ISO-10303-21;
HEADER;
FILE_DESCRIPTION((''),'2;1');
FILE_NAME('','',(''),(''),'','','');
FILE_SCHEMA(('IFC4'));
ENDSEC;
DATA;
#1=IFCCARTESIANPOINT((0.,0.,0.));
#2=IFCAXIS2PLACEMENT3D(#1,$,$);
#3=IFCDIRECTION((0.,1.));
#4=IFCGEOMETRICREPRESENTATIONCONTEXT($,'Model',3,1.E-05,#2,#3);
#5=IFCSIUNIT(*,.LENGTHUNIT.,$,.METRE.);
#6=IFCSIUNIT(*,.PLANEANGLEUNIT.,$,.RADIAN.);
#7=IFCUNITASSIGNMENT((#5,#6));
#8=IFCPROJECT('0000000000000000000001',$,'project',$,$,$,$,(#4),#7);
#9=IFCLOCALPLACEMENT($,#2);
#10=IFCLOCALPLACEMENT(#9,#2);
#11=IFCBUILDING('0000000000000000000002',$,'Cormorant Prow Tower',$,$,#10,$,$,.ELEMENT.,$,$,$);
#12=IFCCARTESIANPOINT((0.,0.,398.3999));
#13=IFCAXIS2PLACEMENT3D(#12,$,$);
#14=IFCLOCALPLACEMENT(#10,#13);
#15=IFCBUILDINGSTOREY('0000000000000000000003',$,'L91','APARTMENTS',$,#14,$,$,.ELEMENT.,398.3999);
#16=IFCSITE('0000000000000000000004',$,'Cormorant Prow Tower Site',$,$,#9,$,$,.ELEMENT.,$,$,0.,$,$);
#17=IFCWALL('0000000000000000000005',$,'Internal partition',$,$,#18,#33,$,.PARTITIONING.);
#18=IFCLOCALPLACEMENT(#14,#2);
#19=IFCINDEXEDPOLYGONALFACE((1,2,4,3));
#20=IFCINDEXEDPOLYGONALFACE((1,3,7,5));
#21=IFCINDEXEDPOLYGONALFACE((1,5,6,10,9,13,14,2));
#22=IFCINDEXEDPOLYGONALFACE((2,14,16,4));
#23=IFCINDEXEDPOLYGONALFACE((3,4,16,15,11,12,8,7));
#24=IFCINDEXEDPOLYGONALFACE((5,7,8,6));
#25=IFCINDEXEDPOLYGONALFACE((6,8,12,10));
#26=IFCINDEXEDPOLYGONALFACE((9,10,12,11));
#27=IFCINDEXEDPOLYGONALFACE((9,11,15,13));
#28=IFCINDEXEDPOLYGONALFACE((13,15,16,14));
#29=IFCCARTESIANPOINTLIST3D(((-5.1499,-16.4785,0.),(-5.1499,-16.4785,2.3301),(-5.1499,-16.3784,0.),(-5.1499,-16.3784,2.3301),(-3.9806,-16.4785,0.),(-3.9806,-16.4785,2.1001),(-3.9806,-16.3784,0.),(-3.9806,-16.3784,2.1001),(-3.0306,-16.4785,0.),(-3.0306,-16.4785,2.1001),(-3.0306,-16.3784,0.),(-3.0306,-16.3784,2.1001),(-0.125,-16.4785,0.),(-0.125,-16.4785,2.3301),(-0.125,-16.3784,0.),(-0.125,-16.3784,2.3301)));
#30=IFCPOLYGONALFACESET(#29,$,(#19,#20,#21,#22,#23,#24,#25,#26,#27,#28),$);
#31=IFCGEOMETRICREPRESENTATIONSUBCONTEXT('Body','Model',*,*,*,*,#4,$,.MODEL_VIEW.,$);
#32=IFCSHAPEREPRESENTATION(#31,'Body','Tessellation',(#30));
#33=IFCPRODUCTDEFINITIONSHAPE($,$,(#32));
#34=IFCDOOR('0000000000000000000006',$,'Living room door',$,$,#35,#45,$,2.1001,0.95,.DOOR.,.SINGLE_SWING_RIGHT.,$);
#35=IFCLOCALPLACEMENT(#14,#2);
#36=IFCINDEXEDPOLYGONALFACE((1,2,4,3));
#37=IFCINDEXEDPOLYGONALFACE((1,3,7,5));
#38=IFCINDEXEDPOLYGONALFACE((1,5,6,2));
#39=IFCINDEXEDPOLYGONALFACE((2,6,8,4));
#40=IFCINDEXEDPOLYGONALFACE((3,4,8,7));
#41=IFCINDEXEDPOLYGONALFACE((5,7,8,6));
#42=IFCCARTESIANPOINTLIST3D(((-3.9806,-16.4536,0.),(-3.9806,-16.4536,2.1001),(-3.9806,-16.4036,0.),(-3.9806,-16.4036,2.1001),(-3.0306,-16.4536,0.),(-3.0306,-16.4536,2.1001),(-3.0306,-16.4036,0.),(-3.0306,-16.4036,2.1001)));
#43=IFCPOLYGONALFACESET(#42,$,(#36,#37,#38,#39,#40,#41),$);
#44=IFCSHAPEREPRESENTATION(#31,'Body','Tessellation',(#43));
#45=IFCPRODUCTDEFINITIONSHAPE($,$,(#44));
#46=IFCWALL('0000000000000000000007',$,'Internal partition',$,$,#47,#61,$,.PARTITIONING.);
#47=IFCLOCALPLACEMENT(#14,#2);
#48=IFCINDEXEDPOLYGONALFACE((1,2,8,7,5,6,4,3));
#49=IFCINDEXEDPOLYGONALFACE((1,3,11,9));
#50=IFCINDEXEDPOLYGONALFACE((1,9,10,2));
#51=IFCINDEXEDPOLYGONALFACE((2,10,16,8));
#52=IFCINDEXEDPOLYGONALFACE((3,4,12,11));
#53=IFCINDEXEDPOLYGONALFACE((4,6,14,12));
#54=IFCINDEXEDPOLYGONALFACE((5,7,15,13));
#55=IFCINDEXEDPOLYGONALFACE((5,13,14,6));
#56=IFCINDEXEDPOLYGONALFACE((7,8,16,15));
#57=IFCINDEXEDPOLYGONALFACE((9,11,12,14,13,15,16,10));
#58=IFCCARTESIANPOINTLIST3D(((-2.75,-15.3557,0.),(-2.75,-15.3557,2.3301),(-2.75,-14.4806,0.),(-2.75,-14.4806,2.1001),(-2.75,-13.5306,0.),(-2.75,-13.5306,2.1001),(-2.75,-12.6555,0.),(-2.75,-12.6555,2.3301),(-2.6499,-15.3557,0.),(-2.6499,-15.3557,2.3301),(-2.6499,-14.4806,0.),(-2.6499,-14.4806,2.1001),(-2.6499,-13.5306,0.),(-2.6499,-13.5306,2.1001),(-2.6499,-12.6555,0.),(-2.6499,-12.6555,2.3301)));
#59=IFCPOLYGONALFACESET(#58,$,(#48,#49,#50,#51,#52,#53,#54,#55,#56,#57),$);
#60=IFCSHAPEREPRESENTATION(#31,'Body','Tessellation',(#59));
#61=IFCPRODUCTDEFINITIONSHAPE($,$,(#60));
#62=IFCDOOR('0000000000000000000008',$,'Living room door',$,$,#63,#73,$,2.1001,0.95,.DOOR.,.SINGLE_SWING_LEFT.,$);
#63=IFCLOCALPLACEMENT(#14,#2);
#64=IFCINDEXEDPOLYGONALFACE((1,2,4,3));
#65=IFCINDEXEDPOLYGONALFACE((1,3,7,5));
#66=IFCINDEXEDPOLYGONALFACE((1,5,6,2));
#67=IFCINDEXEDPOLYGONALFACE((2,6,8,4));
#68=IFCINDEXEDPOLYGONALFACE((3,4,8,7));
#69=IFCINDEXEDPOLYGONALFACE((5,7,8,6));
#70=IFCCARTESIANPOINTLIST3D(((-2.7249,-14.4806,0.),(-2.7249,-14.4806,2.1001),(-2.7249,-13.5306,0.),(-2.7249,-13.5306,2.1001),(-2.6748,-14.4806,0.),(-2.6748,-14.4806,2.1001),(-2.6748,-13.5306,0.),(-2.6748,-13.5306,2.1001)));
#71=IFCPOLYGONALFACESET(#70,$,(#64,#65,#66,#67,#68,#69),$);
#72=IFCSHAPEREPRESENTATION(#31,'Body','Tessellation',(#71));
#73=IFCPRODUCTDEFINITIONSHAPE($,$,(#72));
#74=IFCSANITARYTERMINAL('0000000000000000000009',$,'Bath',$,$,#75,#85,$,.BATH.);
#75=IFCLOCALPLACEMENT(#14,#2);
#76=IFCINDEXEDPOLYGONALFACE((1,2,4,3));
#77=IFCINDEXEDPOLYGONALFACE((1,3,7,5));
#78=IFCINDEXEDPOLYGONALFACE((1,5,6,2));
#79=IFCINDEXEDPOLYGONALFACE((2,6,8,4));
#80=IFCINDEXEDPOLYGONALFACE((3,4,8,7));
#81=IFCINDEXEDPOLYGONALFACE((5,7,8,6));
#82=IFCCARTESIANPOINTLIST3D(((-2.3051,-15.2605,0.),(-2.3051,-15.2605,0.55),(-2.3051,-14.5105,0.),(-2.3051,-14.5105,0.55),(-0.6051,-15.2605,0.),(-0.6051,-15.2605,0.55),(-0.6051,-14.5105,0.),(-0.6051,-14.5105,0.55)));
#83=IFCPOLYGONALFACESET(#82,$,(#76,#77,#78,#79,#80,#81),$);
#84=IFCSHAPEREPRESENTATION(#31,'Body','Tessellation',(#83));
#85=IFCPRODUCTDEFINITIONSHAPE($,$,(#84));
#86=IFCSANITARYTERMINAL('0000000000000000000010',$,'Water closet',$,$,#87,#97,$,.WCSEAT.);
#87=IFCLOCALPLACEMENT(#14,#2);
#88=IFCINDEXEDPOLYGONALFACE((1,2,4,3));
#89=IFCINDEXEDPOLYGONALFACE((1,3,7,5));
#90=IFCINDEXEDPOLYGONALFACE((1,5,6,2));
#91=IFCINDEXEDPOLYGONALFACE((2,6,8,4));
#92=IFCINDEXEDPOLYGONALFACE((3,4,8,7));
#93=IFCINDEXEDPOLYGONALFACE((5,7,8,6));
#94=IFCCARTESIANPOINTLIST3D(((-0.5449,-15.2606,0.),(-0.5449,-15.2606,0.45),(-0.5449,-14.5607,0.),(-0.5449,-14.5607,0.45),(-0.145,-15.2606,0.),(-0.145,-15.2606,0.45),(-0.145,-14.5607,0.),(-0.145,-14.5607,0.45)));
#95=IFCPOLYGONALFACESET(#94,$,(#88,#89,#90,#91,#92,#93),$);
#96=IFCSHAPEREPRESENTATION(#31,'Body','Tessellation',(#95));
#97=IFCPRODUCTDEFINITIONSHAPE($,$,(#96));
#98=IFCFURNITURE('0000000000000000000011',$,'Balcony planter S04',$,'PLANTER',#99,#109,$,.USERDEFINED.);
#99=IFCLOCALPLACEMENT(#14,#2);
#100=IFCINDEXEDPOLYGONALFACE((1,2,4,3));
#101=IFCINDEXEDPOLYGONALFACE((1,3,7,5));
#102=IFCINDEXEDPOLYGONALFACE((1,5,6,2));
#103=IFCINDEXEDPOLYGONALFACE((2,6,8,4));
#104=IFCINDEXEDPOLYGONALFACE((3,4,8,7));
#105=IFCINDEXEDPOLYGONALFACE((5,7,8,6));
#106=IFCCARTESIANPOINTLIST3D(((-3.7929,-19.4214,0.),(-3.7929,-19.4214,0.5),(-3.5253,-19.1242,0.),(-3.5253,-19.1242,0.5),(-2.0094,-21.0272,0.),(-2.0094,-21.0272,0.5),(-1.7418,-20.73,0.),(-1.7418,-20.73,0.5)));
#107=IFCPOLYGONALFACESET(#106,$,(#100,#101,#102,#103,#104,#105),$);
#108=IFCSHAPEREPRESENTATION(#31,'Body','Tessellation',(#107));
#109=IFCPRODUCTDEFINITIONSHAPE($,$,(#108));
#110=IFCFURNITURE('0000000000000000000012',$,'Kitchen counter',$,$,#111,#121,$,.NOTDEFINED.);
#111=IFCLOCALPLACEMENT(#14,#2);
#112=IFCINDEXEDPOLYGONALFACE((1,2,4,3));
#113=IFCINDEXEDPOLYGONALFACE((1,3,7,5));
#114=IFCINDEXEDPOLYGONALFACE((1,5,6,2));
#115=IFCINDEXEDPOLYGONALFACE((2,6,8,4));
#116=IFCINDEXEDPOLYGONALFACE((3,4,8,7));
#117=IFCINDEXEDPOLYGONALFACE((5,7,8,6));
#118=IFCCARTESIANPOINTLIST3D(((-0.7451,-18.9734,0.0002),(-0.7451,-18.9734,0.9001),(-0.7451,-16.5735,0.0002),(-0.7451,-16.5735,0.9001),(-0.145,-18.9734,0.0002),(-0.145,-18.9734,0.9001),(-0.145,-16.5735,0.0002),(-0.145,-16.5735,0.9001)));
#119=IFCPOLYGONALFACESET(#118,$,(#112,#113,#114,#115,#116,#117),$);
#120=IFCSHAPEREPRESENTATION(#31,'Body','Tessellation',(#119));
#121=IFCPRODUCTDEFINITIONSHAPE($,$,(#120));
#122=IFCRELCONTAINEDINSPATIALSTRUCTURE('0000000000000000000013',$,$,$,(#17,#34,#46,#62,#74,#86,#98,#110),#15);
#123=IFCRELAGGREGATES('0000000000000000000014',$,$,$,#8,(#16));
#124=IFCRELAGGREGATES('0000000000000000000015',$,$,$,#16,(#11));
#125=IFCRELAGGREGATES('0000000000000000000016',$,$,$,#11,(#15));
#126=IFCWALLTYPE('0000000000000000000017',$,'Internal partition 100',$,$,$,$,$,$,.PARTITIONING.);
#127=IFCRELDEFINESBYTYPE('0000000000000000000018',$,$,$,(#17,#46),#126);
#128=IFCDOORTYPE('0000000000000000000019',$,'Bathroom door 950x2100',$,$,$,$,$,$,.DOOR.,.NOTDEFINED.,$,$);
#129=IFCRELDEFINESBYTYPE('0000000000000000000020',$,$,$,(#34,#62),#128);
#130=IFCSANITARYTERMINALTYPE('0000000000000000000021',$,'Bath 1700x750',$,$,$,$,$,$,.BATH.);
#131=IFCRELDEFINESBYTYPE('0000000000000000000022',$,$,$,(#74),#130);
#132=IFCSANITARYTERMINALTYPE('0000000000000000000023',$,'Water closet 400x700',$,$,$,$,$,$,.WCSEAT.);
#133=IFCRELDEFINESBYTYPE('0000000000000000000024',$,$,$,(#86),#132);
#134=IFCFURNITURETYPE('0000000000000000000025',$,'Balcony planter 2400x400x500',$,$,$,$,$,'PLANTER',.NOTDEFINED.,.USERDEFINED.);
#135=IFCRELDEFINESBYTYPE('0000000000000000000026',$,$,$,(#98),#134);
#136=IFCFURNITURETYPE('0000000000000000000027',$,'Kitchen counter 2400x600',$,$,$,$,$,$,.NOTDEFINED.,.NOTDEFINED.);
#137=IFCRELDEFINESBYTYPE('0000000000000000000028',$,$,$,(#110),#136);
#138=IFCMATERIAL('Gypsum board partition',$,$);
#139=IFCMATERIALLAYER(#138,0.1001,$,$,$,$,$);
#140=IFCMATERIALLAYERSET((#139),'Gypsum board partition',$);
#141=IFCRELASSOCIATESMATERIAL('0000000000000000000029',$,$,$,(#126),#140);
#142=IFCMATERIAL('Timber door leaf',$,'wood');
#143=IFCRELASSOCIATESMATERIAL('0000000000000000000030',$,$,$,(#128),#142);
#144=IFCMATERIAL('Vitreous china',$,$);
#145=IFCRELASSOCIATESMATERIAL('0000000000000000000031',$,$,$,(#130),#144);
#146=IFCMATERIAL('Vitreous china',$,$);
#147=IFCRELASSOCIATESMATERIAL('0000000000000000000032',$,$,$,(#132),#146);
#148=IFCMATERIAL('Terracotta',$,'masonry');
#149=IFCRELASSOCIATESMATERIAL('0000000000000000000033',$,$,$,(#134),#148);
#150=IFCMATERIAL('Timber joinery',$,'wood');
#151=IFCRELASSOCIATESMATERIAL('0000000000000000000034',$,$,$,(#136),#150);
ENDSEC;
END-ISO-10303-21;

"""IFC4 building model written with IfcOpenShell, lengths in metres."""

from ifc_helpers import new_model, si_unit, direction, frame, frame_2d, origin, origin_2d, place, context, subcontext, project, spatial, rectangle, extrude, material, layer, layer_set, type_object, element, fill, save


model = new_model("IFC4")

# Units and contexts
model_context = context("Model", 3, precision=1e-05, world=origin(), true_north=direction((0.0, 1.0)))
body_context = subcontext(model_context, "Body", "Model", "MODEL_VIEW")
ifc_project = project(units=[si_unit("LENGTHUNIT", "METRE"), si_unit("PLANEANGLEUNIT", "RADIAN")], contexts=[model_context])

# Site, building, storey
site_placement = place(None, origin())
site = spatial("IfcSite", under=ifc_project, at=site_placement, Name="Cormorant Prow Tower Site", CompositionType="ELEMENT", RefElevation=0.0)
building_placement = place(site_placement, origin())
building = spatial("IfcBuilding", under=site, at=building_placement, Name="Cormorant Prow Tower", CompositionType="ELEMENT")
storey_placement = place(building_placement, frame((0.0, 0.0, 398.3999)))
storey = spatial("IfcBuildingStorey", under=building, at=storey_placement, Name="L91", Description="APARTMENTS", CompositionType="ELEMENT", Elevation=398.3999)

# Walls, openings, doors
ifc_material_1 = material(Name="Gypsum board partition")
ifc_layer_1 = layer(ifc_material_1, 0.1001)
ifc_layer_set_1 = layer_set([ifc_layer_1], Name="Gypsum board partition")
wall_type = type_object("IfcWallType", Name="Internal partition 100", PredefinedType="PARTITIONING", material=ifc_layer_set_1)
ifc_material_2 = material(Name="Timber door leaf", Category="wood")
door_type = type_object("IfcDoorType", Name="Bathroom door 950x2100", OperationType="NOTDEFINED", PredefinedType="DOOR", material=ifc_material_2)
wall_1_placement = place(storey_placement, frame((-5.1499, -16.4285, 0.0), z_axis=(0.0, 0.0, 1.0), x_axis=(1.0, 0.0, 0.0)))
wall_1 = element("IfcWall", 1, at=wall_1_placement, inside=storey, type_object=wall_type, Name="Internal partition", PredefinedType="PARTITIONING", context=body_context, shape_type="SweptSolid", body=[
    extrude(rectangle(XDim=5.0249, YDim=0.1001, at=frame_2d((2.5125, 0.0))), origin(), (0.0, 0.0, 1.0), 2.3301),
])
opening_1_placement = place(wall_1_placement, frame((1.1692, 0.0, 0.0)))
opening_1 = element("IfcOpeningElement", 2, at=opening_1_placement, cuts=wall_1, PredefinedType="OPENING", context=body_context, shape_type="SweptSolid", body=[
    extrude(rectangle(XDim=0.95, YDim=2.1001, at=frame_2d((0.4751, 1.05))), frame((0.0, 0.0601, 0.0), z_axis=(0.0, -1.0, 0.0), x_axis=(1.0, 0.0, 0.0)), (0.0, 0.0, 1.0), 0.1201),
])
door_1_placement = place(opening_1_placement, origin())
door_1 = element("IfcDoor", 3, at=door_1_placement, inside=storey, type_object=door_type, Name="Living room door", OperationType="SINGLE_SWING_RIGHT", OverallHeight=2.1001, OverallWidth=0.95, PredefinedType="DOOR", context=body_context, shape_type="SweptSolid", body=[
    extrude(rectangle(XDim=0.95, YDim=2.1001, at=frame_2d((0.4751, 1.05))), frame((0.0, 0.0249, 0.0), z_axis=(0.0, -1.0, 0.0), x_axis=(1.0, 0.0, 0.0)), (0.0, 0.0, 1.0), 0.05),
])
fill(opening_1, door_1)
wall_2_placement = place(storey_placement, frame((-2.7, -15.3557, 0.0), z_axis=(0.0, 0.0, 1.0), x_axis=(0.0, 1.0, 0.0)))
wall_2 = element("IfcWall", 4, at=wall_2_placement, inside=storey, type_object=wall_type, Name="Internal partition", PredefinedType="PARTITIONING", context=body_context, shape_type="SweptSolid", body=[
    extrude(rectangle(XDim=2.7002, YDim=0.1001, at=frame_2d((1.3501, 0.0))), origin(), (0.0, 0.0, 1.0), 2.3301),
])
opening_2_placement = place(wall_2_placement, frame((0.875, 0.0, 0.0)))
opening_2 = element("IfcOpeningElement", 5, at=opening_2_placement, cuts=wall_2, PredefinedType="OPENING", context=body_context, shape_type="SweptSolid", body=[
    extrude(rectangle(XDim=0.95, YDim=2.1001, at=frame_2d((0.4751, 1.05))), frame((0.0, 0.0601, 0.0), z_axis=(0.0, -1.0, 0.0), x_axis=(1.0, 0.0, 0.0)), (0.0, 0.0, 1.0), 0.1201),
])
door_2_placement = place(opening_2_placement, origin())
door_2 = element("IfcDoor", 6, at=door_2_placement, inside=storey, type_object=door_type, Name="Living room door", OperationType="SINGLE_SWING_LEFT", OverallHeight=2.1001, OverallWidth=0.95, PredefinedType="DOOR", context=body_context, shape_type="SweptSolid", body=[
    extrude(rectangle(XDim=0.95, YDim=2.1001, at=frame_2d((0.4751, 1.05))), frame((0.0, 0.0249, 0.0), z_axis=(0.0, -1.0, 0.0), x_axis=(1.0, 0.0, 0.0)), (0.0, 0.0, 1.0), 0.05),
])
fill(opening_2, door_2)

# Sanitary terminals
ifc_material_3 = material(Name="Vitreous china")
sanitary_terminal_type_1 = type_object("IfcSanitaryTerminalType", Name="Bath 1700x750", PredefinedType="BATH", material=ifc_material_3)
sanitary_terminal_1_placement = place(storey_placement, frame((-1.4551, -14.8855, 0.0), z_axis=(0.0, 0.0, 1.0), x_axis=(1.0, 0.0, 0.0)))
element("IfcSanitaryTerminal", 7, at=sanitary_terminal_1_placement, inside=storey, type_object=sanitary_terminal_type_1, Name="Bath", PredefinedType="BATH", context=body_context, shape_type="SweptSolid", body=[
    extrude(rectangle(XDim=1.7, YDim=0.75, at=origin_2d()), origin(), (0.0, 0.0, 1.0), 0.55),
])
ifc_material_4 = material(Name="Vitreous china")
sanitary_terminal_type_2 = type_object("IfcSanitaryTerminalType", Name="Water closet 400x700", PredefinedType="WCSEAT", material=ifc_material_4)
sanitary_terminal_2_placement = place(storey_placement, frame((-0.345, -14.9106, 0.0), z_axis=(0.0, 0.0, 1.0), x_axis=(-1.0, 0.0, 0.0)))
element("IfcSanitaryTerminal", 8, at=sanitary_terminal_2_placement, inside=storey, type_object=sanitary_terminal_type_2, Name="Water closet", PredefinedType="WCSEAT", context=body_context, shape_type="SweptSolid", body=[
    extrude(rectangle(XDim=0.3999, YDim=0.7, at=origin_2d()), origin(), (0.0, 0.0, 1.0), 0.45),
])

# Furniture
ifc_material_5 = material(Name="Terracotta", Category="masonry")
furniture_type_1 = type_object("IfcFurnitureType", Name="Balcony planter 2400x400x500", ElementType="PLANTER", AssemblyPlace="NOTDEFINED", PredefinedType="USERDEFINED", material=ifc_material_5)
furniture_1_placement = place(storey_placement, frame((-2.7673, -20.0757, 0.0), z_axis=(0.0, 0.0, 1.0), x_axis=(0.743145, -0.669131, 0.0)))
element("IfcFurniture", 9, at=furniture_1_placement, inside=storey, type_object=furniture_type_1, Name="Balcony planter S04", ObjectType="PLANTER", PredefinedType="USERDEFINED", context=body_context, shape_type="SweptSolid", body=[
    extrude(rectangle(XDim=2.3999, YDim=0.3999, at=origin_2d()), origin(), (0.0, 0.0, 1.0), 0.5),
])
ifc_material_6 = material(Name="Timber joinery", Category="wood")
furniture_type_2 = type_object("IfcFurnitureType", Name="Kitchen counter 2400x600", AssemblyPlace="NOTDEFINED", PredefinedType="NOTDEFINED", material=ifc_material_6)
furniture_2_placement = place(storey_placement, frame((-0.4451, -17.7734, 0.0002), z_axis=(0.0, 0.0, 1.0), x_axis=(0.0, -1.0, 0.0)))
element("IfcFurniture", 10, at=furniture_2_placement, inside=storey, type_object=furniture_type_2, Name="Kitchen counter", PredefinedType="NOTDEFINED", context=body_context, shape_type="SweptSolid", body=[
    extrude(rectangle(XDim=2.3999, YDim=0.6001, at=origin_2d()), origin(), (0.0, 0.0, 1.0), 0.8999),
])

save(model, "model.ifc")
